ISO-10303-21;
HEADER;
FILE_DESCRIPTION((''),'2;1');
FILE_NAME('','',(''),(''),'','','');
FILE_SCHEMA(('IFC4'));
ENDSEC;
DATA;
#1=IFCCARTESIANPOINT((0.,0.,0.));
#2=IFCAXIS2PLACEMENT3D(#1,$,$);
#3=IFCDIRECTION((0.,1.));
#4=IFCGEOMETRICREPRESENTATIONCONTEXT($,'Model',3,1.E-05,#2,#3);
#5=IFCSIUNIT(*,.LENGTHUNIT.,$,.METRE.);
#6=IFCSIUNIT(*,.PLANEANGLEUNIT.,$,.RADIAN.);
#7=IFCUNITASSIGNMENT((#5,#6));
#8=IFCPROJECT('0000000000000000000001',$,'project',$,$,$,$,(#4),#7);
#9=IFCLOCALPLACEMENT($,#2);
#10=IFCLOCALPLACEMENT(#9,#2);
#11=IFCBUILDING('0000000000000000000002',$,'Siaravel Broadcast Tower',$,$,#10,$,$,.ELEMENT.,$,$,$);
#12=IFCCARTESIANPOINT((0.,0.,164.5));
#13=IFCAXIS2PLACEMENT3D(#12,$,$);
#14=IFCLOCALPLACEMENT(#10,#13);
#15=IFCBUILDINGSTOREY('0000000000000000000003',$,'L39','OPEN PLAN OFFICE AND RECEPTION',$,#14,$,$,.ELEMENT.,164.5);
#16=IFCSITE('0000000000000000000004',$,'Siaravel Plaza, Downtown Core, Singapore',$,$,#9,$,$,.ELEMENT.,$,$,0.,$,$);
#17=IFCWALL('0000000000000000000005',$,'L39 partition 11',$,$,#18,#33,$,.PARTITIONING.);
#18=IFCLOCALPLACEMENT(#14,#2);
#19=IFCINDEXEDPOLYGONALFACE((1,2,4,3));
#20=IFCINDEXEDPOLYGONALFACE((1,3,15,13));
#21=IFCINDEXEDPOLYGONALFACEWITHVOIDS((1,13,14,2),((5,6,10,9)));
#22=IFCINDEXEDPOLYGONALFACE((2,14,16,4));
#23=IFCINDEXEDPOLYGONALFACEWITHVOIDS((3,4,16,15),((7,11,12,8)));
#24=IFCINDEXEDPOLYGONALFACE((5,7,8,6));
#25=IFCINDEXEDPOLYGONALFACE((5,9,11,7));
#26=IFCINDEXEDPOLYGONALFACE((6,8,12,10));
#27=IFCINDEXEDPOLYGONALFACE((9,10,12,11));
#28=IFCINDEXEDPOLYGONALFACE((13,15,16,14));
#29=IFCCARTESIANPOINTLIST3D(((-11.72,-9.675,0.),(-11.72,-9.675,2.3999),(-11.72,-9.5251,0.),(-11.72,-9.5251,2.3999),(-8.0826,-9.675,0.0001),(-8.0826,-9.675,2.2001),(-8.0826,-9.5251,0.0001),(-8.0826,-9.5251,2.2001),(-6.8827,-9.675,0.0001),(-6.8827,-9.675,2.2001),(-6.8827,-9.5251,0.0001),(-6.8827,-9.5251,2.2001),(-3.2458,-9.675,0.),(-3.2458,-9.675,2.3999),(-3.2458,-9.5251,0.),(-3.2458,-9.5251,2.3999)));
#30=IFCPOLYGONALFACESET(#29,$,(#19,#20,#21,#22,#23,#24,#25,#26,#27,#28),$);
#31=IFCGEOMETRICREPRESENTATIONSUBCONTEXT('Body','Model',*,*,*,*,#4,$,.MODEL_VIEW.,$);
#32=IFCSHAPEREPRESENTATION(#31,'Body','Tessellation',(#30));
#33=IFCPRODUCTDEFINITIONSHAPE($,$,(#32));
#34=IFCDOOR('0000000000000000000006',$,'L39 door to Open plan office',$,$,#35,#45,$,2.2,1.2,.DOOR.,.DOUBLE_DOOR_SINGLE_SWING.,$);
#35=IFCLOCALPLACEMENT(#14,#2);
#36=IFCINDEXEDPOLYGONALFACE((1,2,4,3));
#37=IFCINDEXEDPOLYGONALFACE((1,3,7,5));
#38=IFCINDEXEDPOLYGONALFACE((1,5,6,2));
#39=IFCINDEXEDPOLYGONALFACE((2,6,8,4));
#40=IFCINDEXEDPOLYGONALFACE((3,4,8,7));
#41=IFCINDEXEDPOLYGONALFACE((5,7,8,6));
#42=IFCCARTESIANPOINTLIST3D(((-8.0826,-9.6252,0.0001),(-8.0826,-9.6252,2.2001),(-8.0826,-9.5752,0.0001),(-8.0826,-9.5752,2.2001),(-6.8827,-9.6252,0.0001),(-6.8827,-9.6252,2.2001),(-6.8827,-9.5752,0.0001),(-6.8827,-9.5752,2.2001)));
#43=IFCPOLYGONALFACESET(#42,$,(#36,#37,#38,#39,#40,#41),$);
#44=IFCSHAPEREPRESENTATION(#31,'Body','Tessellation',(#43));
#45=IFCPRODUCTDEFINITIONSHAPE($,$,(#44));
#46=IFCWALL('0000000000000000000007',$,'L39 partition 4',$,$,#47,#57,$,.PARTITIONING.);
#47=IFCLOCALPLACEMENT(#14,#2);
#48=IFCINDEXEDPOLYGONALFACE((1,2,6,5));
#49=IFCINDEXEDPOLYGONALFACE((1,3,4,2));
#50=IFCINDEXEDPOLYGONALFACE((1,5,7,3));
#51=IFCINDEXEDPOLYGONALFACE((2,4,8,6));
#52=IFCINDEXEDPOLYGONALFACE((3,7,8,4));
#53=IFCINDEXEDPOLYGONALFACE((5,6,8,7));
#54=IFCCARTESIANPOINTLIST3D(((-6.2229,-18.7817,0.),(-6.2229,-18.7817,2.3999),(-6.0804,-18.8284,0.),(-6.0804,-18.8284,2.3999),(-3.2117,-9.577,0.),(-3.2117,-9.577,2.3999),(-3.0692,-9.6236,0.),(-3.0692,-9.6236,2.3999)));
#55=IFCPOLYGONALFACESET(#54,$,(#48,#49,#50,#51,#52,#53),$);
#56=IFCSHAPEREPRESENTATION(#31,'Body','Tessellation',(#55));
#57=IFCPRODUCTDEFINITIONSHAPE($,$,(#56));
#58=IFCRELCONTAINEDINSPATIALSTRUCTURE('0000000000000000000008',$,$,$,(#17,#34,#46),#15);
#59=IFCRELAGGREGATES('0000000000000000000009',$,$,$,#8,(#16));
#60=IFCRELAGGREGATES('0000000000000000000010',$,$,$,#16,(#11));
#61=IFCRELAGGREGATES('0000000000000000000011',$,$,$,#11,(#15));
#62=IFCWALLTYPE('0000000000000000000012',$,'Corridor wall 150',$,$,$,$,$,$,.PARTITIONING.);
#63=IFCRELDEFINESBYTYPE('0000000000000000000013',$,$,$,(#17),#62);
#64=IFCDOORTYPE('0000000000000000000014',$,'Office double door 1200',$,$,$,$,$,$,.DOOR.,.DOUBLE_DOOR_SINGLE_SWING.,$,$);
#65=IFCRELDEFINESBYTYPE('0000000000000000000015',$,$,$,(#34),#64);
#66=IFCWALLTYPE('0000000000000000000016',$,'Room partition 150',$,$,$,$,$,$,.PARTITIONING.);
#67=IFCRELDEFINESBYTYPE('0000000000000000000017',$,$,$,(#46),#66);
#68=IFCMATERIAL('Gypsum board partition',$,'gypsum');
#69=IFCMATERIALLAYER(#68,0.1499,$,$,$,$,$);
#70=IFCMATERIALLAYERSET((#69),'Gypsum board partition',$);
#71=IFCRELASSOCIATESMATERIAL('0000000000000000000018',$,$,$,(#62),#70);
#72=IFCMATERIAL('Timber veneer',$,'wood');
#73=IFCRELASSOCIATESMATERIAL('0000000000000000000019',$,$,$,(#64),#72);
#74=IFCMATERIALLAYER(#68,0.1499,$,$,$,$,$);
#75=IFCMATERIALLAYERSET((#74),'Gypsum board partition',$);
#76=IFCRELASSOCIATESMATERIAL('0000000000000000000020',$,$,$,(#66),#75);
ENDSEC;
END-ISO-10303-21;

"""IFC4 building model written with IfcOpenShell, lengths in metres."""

from ifc_helpers import new_model, si_unit, direction, frame, frame_2d, origin, place, context, subcontext, project, spatial, rectangle, extrude, material, layer, layer_set, type_object, element, fill, save


model = new_model("IFC4")

# Units and contexts
model_context = context("Model", 3, precision=1e-05, world=origin(), true_north=direction((0.0, 1.0)))
body_context = subcontext(model_context, "Body", "Model", "MODEL_VIEW")
ifc_project = project(units=[si_unit("LENGTHUNIT", "METRE"), si_unit("PLANEANGLEUNIT", "RADIAN")], contexts=[model_context])

# Site, building, storey
site_placement = place(None, origin())
site = spatial("IfcSite", under=ifc_project, at=site_placement, Name="Siaravel Plaza, Downtown Core, Singapore", CompositionType="ELEMENT", RefElevation=0.0)
building_placement = place(site_placement, origin())
building = spatial("IfcBuilding", under=site, at=building_placement, Name="Siaravel Broadcast Tower", CompositionType="ELEMENT")
storey_placement = place(building_placement, frame((0.0, 0.0, 164.5)))
storey = spatial("IfcBuildingStorey", under=building, at=storey_placement, Name="L39", Description="OPEN PLAN OFFICE AND RECEPTION", CompositionType="ELEMENT", Elevation=164.5)

# Shared definitions
ifc_material_1 = material(Name="Timber veneer", Category="wood")

# Wall, opening, door
ifc_material_2 = material(Name="Gypsum board partition", Category="gypsum")
ifc_layer_1 = layer(ifc_material_2, 0.1499)
ifc_layer_set_1 = layer_set([ifc_layer_1], Name="Gypsum board partition")
wall_type_1 = type_object("IfcWallType", Name="Corridor wall 150", PredefinedType="PARTITIONING", material=ifc_layer_set_1)
door_type_1 = type_object("IfcDoorType", Name="Office double door 1200", OperationType="DOUBLE_DOOR_SINGLE_SWING", PredefinedType="DOOR", material=ifc_material_1)
wall_1_placement = place(storey_placement, frame((-11.72, -9.6001, 0.0), z_axis=(0.0, 0.0, 1.0), x_axis=(1.0, 0.0, 0.0)))
wall_1 = element("IfcWall", 1, at=wall_1_placement, inside=storey, type_object=wall_type_1, Name="L39 partition 11", PredefinedType="PARTITIONING", context=body_context, shape_type="SweptSolid", body=[
    extrude(rectangle(XDim=8.4741, YDim=0.1499, at=frame_2d((4.2371, 0.0))), origin(), (0.0, 0.0, 1.0), 2.3999),
])
opening_1_placement = place(wall_1_placement, frame((3.6372, 0.0, 0.0)))
opening_1 = element("IfcOpeningElement", 2, at=opening_1_placement, cuts=wall_1, PredefinedType="OPENING", context=body_context, shape_type="SweptSolid", body=[
    extrude(rectangle(XDim=1.2, YDim=2.2, at=frame_2d((0.6001, 1.1001))), frame((0.0, 0.085, 0.0), z_axis=(0.0, -1.0, 0.0), x_axis=(1.0, 0.0, 0.0)), (0.0, 0.0, 1.0), 0.1699),
])
door_1_placement = place(opening_1_placement, origin())
door_1 = element("IfcDoor", 3, at=door_1_placement, inside=storey, type_object=door_type_1, Name="L39 door to Open plan office", OperationType="DOUBLE_DOOR_SINGLE_SWING", OverallHeight=2.2, OverallWidth=1.2, PredefinedType="DOOR", context=body_context, shape_type="SweptSolid", body=[
    extrude(rectangle(XDim=1.2, YDim=2.2, at=frame_2d((0.6001, 1.1001))), frame((0.0, 0.0249, 0.0), z_axis=(0.0, -1.0, 0.0), x_axis=(1.0, 0.0, 0.0)), (0.0, 0.0, 1.0), 0.05),
])
fill(opening_1, door_1)

# Wall
ifc_layer_2 = layer(ifc_material_2, 0.1499)
ifc_layer_set_2 = layer_set([ifc_layer_2], Name="Gypsum board partition")
wall_type_2 = type_object("IfcWallType", Name="Room partition 150", PredefinedType="PARTITIONING", material=ifc_layer_set_2)
wall_2_placement = place(storey_placement, frame((-6.1516, -18.8049, 0.0), z_axis=(0.0, 0.0, 1.0), x_axis=(0.310921, 0.950436, 0.0)))
element("IfcWall", 4, at=wall_2_placement, inside=storey, type_object=wall_type_2, Name="L39 partition 4", PredefinedType="PARTITIONING", context=body_context, shape_type="SweptSolid", body=[
    extrude(rectangle(XDim=9.6848, YDim=0.1499, at=frame_2d((4.8423, 0.0))), origin(), (0.0, 0.0, 1.0), 2.3999),
])

save(model, "model.ifc")
